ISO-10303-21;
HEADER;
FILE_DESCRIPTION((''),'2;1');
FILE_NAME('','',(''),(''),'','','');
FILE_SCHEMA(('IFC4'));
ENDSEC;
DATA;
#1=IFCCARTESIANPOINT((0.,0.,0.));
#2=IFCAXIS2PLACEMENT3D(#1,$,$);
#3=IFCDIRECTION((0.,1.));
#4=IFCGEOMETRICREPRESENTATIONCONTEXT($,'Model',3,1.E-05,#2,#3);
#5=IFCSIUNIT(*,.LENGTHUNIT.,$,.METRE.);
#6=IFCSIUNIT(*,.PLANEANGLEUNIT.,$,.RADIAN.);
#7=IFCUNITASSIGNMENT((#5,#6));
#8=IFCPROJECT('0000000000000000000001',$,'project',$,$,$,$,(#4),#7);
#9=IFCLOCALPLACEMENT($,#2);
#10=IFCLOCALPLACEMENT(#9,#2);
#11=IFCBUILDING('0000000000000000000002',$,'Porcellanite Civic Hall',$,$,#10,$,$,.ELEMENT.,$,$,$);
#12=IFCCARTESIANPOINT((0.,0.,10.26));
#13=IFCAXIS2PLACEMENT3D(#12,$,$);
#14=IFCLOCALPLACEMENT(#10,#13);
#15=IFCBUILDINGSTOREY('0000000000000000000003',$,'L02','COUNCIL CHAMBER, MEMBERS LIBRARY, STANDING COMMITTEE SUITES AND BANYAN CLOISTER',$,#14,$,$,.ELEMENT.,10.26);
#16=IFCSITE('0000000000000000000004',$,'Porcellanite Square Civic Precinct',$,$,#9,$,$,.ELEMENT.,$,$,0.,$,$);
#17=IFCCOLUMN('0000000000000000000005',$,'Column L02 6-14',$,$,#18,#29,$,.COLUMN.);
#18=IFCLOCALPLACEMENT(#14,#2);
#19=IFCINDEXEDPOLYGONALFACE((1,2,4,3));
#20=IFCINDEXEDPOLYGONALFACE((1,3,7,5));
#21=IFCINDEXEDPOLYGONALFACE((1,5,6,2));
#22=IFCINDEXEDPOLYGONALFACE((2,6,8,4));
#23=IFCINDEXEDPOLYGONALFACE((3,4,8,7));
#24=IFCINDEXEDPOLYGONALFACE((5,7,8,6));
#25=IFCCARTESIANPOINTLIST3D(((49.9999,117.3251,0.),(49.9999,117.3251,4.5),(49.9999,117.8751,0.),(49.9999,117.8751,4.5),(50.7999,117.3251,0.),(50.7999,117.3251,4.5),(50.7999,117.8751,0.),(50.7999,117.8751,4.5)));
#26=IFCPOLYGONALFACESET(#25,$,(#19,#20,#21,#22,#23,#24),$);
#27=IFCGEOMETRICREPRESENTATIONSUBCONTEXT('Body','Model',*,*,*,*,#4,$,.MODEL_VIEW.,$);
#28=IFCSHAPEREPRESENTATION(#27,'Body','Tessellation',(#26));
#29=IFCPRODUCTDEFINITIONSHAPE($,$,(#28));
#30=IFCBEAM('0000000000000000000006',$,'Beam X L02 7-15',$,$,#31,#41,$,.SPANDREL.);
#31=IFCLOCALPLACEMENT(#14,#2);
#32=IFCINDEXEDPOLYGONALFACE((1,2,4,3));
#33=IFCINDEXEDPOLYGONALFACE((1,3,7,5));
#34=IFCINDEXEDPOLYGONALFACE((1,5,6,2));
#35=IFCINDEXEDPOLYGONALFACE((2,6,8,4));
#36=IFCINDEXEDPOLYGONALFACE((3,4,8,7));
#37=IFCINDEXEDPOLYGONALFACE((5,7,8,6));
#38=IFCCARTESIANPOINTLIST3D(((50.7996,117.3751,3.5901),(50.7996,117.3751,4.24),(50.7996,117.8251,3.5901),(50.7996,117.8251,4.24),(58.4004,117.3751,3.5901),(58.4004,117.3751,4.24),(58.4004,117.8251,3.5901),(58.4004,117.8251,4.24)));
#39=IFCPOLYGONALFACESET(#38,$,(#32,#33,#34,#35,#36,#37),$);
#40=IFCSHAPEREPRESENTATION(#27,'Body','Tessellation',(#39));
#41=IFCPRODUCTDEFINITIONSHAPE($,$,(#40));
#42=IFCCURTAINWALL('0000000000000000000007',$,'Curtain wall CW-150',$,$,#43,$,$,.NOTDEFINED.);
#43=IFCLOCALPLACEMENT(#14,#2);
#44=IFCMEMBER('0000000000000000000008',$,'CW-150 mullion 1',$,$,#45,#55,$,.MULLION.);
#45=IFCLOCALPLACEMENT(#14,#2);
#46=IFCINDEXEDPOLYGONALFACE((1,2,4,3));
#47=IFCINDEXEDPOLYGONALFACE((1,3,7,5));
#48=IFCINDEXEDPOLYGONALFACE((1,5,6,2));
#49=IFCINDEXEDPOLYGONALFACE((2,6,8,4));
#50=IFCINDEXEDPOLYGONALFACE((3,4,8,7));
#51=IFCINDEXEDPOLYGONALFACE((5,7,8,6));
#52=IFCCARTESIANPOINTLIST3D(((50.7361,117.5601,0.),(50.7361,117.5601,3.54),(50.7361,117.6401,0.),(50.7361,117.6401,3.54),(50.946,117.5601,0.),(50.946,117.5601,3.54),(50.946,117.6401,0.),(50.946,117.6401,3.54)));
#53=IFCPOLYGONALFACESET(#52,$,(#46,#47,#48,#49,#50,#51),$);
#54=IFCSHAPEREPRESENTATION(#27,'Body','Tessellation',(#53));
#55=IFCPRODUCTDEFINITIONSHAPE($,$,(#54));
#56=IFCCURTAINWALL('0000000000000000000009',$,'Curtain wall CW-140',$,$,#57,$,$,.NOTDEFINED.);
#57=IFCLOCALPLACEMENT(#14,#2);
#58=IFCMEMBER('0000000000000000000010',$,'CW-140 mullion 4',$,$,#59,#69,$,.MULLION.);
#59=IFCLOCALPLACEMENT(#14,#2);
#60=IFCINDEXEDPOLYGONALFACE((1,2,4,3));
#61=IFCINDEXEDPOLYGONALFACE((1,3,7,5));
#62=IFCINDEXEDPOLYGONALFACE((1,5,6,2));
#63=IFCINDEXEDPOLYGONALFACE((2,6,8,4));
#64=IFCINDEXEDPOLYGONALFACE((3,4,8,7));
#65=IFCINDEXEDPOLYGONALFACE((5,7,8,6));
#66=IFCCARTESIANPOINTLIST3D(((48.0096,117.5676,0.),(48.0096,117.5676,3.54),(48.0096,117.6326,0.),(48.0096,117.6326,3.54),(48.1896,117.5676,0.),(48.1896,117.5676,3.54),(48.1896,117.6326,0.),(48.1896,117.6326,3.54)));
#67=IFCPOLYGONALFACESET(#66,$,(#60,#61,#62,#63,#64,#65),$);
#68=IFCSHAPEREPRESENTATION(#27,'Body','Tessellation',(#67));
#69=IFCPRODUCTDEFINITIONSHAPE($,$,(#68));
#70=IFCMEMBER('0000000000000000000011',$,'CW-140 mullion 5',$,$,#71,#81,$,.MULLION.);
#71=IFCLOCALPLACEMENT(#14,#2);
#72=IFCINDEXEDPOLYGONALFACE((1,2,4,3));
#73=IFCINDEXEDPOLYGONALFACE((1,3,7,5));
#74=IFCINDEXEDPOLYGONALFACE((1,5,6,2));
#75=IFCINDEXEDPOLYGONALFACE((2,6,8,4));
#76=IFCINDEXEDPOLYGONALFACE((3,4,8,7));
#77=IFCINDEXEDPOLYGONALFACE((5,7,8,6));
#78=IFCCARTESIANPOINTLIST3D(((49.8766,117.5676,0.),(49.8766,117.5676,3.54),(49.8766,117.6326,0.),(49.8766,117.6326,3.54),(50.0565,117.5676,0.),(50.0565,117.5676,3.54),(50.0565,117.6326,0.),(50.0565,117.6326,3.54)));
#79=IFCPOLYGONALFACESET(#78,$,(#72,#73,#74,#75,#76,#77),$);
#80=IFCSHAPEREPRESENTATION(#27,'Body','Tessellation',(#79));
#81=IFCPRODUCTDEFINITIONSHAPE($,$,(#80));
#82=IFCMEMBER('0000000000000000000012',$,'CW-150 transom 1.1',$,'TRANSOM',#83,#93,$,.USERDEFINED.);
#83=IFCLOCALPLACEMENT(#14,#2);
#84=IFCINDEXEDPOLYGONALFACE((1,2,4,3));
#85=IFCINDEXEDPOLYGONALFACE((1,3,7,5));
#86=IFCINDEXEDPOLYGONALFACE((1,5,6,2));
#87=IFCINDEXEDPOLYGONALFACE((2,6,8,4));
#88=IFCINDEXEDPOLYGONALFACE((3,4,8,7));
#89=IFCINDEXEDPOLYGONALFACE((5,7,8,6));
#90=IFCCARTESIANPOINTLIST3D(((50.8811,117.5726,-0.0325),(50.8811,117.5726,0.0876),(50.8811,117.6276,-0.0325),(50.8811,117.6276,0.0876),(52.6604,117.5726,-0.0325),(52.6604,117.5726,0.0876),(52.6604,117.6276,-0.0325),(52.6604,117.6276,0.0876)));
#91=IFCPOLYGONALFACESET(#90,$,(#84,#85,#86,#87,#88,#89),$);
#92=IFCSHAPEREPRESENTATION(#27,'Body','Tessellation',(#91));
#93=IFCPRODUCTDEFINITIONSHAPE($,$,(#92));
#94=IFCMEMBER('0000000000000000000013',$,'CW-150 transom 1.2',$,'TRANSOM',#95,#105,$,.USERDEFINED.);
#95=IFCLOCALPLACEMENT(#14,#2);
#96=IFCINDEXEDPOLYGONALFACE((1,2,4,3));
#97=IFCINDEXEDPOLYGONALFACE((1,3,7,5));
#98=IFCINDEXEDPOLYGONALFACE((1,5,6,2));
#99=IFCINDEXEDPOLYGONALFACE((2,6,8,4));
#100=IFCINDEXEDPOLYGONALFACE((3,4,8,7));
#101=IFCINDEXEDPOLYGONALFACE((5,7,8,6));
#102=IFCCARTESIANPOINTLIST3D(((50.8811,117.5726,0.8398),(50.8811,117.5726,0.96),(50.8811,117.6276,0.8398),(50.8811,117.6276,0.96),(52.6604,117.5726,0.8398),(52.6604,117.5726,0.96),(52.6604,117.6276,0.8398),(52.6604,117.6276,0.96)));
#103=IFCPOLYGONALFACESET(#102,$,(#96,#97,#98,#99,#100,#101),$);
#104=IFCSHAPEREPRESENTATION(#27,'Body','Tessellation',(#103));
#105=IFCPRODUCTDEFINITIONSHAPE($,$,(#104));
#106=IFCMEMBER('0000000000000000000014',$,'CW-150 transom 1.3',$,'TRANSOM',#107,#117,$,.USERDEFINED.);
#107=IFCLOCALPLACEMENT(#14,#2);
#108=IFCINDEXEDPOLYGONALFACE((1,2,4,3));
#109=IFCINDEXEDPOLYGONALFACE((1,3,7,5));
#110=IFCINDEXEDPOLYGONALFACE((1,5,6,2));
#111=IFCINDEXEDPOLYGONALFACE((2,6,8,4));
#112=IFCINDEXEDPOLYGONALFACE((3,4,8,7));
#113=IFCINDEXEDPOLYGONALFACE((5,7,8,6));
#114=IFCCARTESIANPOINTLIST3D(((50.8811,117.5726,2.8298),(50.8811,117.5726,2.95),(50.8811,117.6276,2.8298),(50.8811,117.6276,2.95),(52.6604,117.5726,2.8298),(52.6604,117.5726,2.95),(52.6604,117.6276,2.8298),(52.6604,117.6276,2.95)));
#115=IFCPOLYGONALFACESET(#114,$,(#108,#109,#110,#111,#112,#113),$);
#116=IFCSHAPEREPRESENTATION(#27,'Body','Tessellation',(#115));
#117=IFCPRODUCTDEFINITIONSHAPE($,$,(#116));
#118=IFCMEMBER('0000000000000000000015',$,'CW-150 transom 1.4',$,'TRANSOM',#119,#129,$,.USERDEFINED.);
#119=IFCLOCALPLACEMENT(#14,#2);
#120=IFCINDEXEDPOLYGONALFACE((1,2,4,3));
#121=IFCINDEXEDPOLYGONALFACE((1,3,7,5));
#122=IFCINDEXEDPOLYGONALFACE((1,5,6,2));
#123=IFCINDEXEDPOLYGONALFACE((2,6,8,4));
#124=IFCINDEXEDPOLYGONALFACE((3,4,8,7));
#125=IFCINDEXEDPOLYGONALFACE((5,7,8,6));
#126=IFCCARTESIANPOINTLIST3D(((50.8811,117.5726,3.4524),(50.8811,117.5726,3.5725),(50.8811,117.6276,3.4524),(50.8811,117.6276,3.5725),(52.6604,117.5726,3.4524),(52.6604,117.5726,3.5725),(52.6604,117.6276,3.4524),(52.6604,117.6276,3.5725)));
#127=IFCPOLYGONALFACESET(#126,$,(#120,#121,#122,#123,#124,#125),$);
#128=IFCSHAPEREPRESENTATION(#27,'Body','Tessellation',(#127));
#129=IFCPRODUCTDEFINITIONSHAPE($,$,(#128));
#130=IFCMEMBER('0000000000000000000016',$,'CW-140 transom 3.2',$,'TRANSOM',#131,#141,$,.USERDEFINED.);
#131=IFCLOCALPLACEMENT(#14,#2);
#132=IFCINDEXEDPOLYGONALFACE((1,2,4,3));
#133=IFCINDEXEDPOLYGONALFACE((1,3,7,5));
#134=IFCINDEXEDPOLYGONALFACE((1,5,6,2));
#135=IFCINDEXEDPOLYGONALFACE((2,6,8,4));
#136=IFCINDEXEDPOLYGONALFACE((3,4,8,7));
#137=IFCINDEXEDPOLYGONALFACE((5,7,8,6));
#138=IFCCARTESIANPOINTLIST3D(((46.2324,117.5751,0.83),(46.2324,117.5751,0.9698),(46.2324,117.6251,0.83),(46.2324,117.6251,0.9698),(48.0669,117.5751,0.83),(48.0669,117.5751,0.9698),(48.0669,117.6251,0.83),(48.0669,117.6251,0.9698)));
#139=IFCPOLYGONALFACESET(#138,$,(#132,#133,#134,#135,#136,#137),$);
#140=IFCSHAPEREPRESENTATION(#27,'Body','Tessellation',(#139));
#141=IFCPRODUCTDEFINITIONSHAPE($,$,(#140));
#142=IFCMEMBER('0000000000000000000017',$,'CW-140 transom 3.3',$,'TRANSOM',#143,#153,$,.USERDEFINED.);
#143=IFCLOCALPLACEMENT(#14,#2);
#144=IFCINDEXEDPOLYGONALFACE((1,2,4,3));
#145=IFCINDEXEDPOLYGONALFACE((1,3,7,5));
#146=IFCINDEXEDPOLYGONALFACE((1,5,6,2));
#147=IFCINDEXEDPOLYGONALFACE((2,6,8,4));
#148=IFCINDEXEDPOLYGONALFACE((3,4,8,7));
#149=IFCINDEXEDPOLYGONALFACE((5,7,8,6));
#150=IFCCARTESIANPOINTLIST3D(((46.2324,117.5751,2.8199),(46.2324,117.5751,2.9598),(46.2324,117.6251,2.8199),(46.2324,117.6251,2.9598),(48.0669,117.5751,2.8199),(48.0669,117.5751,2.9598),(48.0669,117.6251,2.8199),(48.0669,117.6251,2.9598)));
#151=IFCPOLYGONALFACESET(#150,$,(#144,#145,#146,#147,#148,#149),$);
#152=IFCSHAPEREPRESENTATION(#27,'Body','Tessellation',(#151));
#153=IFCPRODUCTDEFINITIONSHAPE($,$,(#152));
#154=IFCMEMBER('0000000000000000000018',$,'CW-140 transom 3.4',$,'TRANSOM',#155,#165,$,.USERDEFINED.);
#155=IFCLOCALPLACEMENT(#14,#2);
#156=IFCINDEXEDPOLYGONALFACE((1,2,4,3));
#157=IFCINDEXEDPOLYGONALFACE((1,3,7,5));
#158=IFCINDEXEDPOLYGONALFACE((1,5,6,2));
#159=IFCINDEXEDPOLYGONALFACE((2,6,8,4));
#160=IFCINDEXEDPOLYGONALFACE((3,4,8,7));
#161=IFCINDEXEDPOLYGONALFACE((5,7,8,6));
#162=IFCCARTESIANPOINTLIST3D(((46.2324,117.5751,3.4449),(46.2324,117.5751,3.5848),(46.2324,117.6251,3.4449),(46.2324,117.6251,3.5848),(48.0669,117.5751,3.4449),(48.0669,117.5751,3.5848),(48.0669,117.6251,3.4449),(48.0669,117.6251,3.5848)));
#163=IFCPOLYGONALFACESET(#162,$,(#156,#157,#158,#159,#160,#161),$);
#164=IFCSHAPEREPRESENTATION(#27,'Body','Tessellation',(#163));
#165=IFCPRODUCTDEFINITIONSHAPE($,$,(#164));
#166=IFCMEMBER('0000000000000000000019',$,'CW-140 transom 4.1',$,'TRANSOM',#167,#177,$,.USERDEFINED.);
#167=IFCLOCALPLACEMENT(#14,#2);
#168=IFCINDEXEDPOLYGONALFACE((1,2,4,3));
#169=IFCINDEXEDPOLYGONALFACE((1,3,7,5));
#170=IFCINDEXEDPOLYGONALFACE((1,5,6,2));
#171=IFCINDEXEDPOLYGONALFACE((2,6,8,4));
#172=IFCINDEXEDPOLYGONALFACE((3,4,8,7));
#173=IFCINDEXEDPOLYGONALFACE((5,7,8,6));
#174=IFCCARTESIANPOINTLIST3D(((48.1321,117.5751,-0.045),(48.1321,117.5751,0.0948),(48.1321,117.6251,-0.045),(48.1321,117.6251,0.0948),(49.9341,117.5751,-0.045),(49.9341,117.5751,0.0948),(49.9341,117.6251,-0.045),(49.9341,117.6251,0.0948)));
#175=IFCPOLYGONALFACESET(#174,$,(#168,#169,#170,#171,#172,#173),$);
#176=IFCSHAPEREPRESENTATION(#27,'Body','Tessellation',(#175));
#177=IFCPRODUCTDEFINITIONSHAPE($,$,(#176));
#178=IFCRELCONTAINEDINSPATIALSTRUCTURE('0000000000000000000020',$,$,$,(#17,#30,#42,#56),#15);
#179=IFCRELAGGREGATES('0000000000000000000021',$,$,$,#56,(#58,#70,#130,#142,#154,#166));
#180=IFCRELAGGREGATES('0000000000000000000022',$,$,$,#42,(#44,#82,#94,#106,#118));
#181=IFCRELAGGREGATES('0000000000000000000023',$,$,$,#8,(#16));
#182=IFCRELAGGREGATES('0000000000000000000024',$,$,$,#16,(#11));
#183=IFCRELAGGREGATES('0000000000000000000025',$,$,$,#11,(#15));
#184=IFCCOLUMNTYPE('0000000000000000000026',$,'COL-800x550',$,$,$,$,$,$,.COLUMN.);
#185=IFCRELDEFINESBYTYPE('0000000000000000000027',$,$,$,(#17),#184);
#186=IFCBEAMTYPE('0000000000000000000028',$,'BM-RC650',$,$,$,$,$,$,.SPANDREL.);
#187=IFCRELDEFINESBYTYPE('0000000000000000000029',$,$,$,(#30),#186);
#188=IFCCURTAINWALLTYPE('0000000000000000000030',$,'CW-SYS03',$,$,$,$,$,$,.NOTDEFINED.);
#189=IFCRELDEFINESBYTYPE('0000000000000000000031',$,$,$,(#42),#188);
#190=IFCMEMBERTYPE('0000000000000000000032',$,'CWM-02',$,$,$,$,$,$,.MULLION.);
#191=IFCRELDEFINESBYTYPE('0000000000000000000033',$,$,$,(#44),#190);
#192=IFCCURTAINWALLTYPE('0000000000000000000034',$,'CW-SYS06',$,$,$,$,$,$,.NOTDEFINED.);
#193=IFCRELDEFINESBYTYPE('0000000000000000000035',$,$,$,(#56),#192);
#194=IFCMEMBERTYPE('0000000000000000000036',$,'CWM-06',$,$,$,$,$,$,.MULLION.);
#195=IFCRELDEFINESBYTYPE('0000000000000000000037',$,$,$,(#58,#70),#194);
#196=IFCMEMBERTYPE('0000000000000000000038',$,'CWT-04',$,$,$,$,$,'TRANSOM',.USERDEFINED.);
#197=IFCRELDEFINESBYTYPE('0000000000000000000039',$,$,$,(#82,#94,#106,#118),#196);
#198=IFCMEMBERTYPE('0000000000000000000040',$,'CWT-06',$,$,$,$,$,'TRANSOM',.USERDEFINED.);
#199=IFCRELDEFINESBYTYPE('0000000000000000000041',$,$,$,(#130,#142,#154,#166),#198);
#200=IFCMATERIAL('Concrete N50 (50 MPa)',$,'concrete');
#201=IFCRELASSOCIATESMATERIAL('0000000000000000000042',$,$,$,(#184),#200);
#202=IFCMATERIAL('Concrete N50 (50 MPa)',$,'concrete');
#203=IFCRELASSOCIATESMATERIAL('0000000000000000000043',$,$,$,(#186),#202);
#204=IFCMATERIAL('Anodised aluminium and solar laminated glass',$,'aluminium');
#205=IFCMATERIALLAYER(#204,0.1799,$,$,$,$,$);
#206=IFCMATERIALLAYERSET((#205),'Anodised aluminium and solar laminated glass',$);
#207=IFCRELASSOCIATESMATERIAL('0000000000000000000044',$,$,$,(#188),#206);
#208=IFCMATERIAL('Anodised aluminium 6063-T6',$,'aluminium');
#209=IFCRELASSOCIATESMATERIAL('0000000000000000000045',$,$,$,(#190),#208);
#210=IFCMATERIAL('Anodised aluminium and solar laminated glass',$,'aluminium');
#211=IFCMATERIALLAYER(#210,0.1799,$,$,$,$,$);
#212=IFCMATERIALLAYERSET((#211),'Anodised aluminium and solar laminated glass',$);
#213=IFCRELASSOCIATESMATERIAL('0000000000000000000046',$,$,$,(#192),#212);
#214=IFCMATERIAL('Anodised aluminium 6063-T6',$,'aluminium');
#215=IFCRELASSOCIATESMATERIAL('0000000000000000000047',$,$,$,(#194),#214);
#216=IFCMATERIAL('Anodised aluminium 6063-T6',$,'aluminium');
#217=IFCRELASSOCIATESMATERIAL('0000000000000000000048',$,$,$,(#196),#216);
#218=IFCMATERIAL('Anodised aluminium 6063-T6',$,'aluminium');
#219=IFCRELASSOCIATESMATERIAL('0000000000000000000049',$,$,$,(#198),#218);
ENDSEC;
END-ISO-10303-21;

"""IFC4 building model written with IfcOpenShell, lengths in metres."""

from ifc_helpers import new_model, si_unit, direction, frame, origin, origin_2d, place, context, subcontext, project, spatial, rectangle, extrude, material, layer, layer_set, material_profile, profile_set, type_object, element, aggregate, save


model = new_model("IFC4")

# Units and contexts
model_context = context("Model", 3, precision=1e-05, world=origin(), true_north=direction((0.0, 1.0)))
body_context = subcontext(model_context, "Body", "Model", "MODEL_VIEW")
ifc_project = project(units=[si_unit("LENGTHUNIT", "METRE"), si_unit("PLANEANGLEUNIT", "RADIAN")], contexts=[model_context])

# Site, building, storey
site_placement = place(None, origin())
site = spatial("IfcSite", under=ifc_project, at=site_placement, Name="Porcellanite Square Civic Precinct", CompositionType="ELEMENT", RefElevation=0.0)
building_placement = place(site_placement, origin())
building = spatial("IfcBuilding", under=site, at=building_placement, Name="Porcellanite Civic Hall", CompositionType="ELEMENT")
storey_placement = place(building_placement, frame((0.0, 0.0, 10.26)))
storey = spatial("IfcBuildingStorey", under=building, at=storey_placement, Name="L02", Description="COUNCIL CHAMBER, MEMBERS LIBRARY, STANDING COMMITTEE SUITES AND BANYAN CLOISTER", CompositionType="ELEMENT", Elevation=10.26)

# Column
ifc_material_1 = material(Name="Concrete N50 (50 MPa)", Category="concrete")
ifc_material_profile_1 = material_profile(ifc_material_1, rectangle(XDim=0.8, YDim=0.55, at=origin_2d()), Name="RC-800x550")
ifc_profile_set_1 = profile_set([ifc_material_profile_1], Name="Concrete N50 (50 MPa)")
column_type = type_object("IfcColumnType", Name="COL-800x550", PredefinedType="COLUMN", material=ifc_profile_set_1)
column_placement = place(storey_placement, frame((50.3999, 117.6001, 0.0), z_axis=(0.0, 0.0, 1.0), x_axis=(1.0, 0.0, 0.0)))
element("IfcColumn", 1, at=column_placement, inside=storey, type_object=column_type, Name="Column L02 6-14", PredefinedType="COLUMN", context=body_context, shape_type="SweptSolid", body=[
    extrude(rectangle(XDim=0.8, YDim=0.55, at=origin_2d()), origin(), (0.0, 0.0, 1.0), 4.5),
])

# Beam
ifc_material_2 = material(Name="Concrete N50 (50 MPa)", Category="concrete")
ifc_material_profile_2 = material_profile(ifc_material_2, rectangle(XDim=0.45, YDim=0.6499, at=origin_2d()), Name="RC-450x650")
ifc_profile_set_2 = profile_set([ifc_material_profile_2], Name="Concrete N50 (50 MPa)")
beam_type = type_object("IfcBeamType", Name="BM-RC650", PredefinedType="SPANDREL", material=ifc_profile_set_2)
beam_placement = place(storey_placement, frame((50.7996, 117.6001, 3.915), z_axis=(1.0, 0.0, 0.0), x_axis=(0.0, 1.0, 0.0)))
element("IfcBeam", 2, at=beam_placement, inside=storey, type_object=beam_type, Name="Beam X L02 7-15", PredefinedType="SPANDREL", context=body_context, shape_type="SweptSolid", body=[
    extrude(rectangle(XDim=0.45, YDim=0.6499, at=origin_2d()), origin(), (0.0, 0.0, 1.0), 7.6008),
])

# Curtain wall, member
ifc_material_3 = material(Name="Anodised aluminium and solar laminated glass", Category="aluminium")
ifc_layer_1 = layer(ifc_material_3, 0.1799)
ifc_layer_set_1 = layer_set([ifc_layer_1], Name="Anodised aluminium and solar laminated glass")
curtain_wall_type_1 = type_object("IfcCurtainWallType", Name="CW-SYS03", PredefinedType="NOTDEFINED", material=ifc_layer_set_1)
curtain_wall_1_placement = place(storey_placement, origin())
curtain_wall_1 = element("IfcCurtainWall", 3, at=curtain_wall_1_placement, inside=storey, type_object=curtain_wall_type_1, Name="Curtain wall CW-150", PredefinedType="NOTDEFINED")
ifc_material_4 = material(Name="Anodised aluminium 6063-T6", Category="aluminium")
ifc_material_profile_3 = material_profile(ifc_material_4, rectangle(XDim=0.0801, YDim=0.21, at=origin_2d()), Name="AL-80x210")
ifc_profile_set_3 = profile_set([ifc_material_profile_3], Name="Anodised aluminium 6063-T6")
member_type_1 = type_object("IfcMemberType", Name="CWM-02", PredefinedType="MULLION", material=ifc_profile_set_3)
member_1_placement = place(storey_placement, frame((50.8411, 117.6001, 0.0), z_axis=(0.0, 0.0, 1.0), x_axis=(0.0, 1.0, 0.0)))
member_1 = element("IfcMember", 4, at=member_1_placement, type_object=member_type_1, Name="CW-150 mullion 1", PredefinedType="MULLION", context=body_context, shape_type="SweptSolid", body=[
    extrude(rectangle(XDim=0.0801, YDim=0.21, at=origin_2d()), origin(), (0.0, 0.0, 1.0), 3.54),
])

# Curtain wall, members
ifc_material_5 = material(Name="Anodised aluminium and solar laminated glass", Category="aluminium")
ifc_layer_2 = layer(ifc_material_5, 0.1799)
ifc_layer_set_2 = layer_set([ifc_layer_2], Name="Anodised aluminium and solar laminated glass")
curtain_wall_type_2 = type_object("IfcCurtainWallType", Name="CW-SYS06", PredefinedType="NOTDEFINED", material=ifc_layer_set_2)
curtain_wall_2_placement = place(storey_placement, origin())
curtain_wall_2 = element("IfcCurtainWall", 5, at=curtain_wall_2_placement, inside=storey, type_object=curtain_wall_type_2, Name="Curtain wall CW-140", PredefinedType="NOTDEFINED")
ifc_material_6 = material(Name="Anodised aluminium 6063-T6", Category="aluminium")
ifc_material_profile_4 = material_profile(ifc_material_6, rectangle(XDim=0.0649, YDim=0.1799, at=origin_2d()), Name="AL-65x180")
ifc_profile_set_4 = profile_set([ifc_material_profile_4], Name="Anodised aluminium 6063-T6")
member_type_2 = type_object("IfcMemberType", Name="CWM-06", PredefinedType="MULLION", material=ifc_profile_set_4)
member_2_placement = place(storey_placement, frame((48.0996, 117.6001, 0.0), z_axis=(0.0, 0.0, 1.0), x_axis=(0.0, 1.0, 0.0)))
member_2 = element("IfcMember", 6, at=member_2_placement, type_object=member_type_2, Name="CW-140 mullion 4", PredefinedType="MULLION", context=body_context, shape_type="SweptSolid", body=[
    extrude(rectangle(XDim=0.0649, YDim=0.1799, at=origin_2d()), origin(), (0.0, 0.0, 1.0), 3.54),
])
member_3_placement = place(storey_placement, frame((49.9666, 117.6001, 0.0), z_axis=(0.0, 0.0, 1.0), x_axis=(0.0, 1.0, 0.0)))
member_3 = element("IfcMember", 7, at=member_3_placement, type_object=member_type_2, Name="CW-140 mullion 5", PredefinedType="MULLION", context=body_context, shape_type="SweptSolid", body=[
    extrude(rectangle(XDim=0.0649, YDim=0.1799, at=origin_2d()), origin(), (0.0, 0.0, 1.0), 3.54),
])

# Members
ifc_material_7 = material(Name="Anodised aluminium 6063-T6", Category="aluminium")
ifc_material_profile_5 = material_profile(ifc_material_7, rectangle(XDim=0.0549, YDim=0.1201, at=origin_2d()), Name="AL-55x120")
ifc_profile_set_5 = profile_set([ifc_material_profile_5], Name="Anodised aluminium 6063-T6")
member_type_3 = type_object("IfcMemberType", Name="CWT-04", ElementType="TRANSOM", PredefinedType="USERDEFINED", material=ifc_profile_set_5)
member_4_placement = place(storey_placement, frame((50.8811, 117.6001, 0.0276), z_axis=(1.0, 0.0, 0.0), x_axis=(0.0, 1.0, 0.0)))
member_4 = element("IfcMember", 8, at=member_4_placement, type_object=member_type_3, Name="CW-150 transom 1.1", ObjectType="TRANSOM", PredefinedType="USERDEFINED", context=body_context, shape_type="SweptSolid", body=[
    extrude(rectangle(XDim=0.0549, YDim=0.1201, at=origin_2d()), origin(), (0.0, 0.0, 1.0), 1.7793),
])
member_5_placement = place(storey_placement, frame((50.8811, 117.6001, 0.8999), z_axis=(1.0, 0.0, 0.0), x_axis=(0.0, 1.0, 0.0)))
member_5 = element("IfcMember", 9, at=member_5_placement, type_object=member_type_3, Name="CW-150 transom 1.2", ObjectType="TRANSOM", PredefinedType="USERDEFINED", context=body_context, shape_type="SweptSolid", body=[
    extrude(rectangle(XDim=0.0549, YDim=0.1201, at=origin_2d()), origin(), (0.0, 0.0, 1.0), 1.7793),
])
member_6_placement = place(storey_placement, frame((50.8811, 117.6001, 2.8899), z_axis=(1.0, 0.0, 0.0), x_axis=(0.0, 1.0, 0.0)))
member_6 = element("IfcMember", 10, at=member_6_placement, type_object=member_type_3, Name="CW-150 transom 1.3", ObjectType="TRANSOM", PredefinedType="USERDEFINED", context=body_context, shape_type="SweptSolid", body=[
    extrude(rectangle(XDim=0.0549, YDim=0.1201, at=origin_2d()), origin(), (0.0, 0.0, 1.0), 1.7793),
])
member_7_placement = place(storey_placement, frame((50.8811, 117.6001, 3.5125), z_axis=(1.0, 0.0, 0.0), x_axis=(0.0, 1.0, 0.0)))
member_7 = element("IfcMember", 11, at=member_7_placement, type_object=member_type_3, Name="CW-150 transom 1.4", ObjectType="TRANSOM", PredefinedType="USERDEFINED", context=body_context, shape_type="SweptSolid", body=[
    extrude(rectangle(XDim=0.0549, YDim=0.1201, at=origin_2d()), origin(), (0.0, 0.0, 1.0), 1.7793),
])
ifc_material_8 = material(Name="Anodised aluminium 6063-T6", Category="aluminium")
ifc_material_profile_6 = material_profile(ifc_material_8, rectangle(XDim=0.05, YDim=0.1399, at=origin_2d()), Name="AL-50x140")
ifc_profile_set_6 = profile_set([ifc_material_profile_6], Name="Anodised aluminium 6063-T6")
member_type_4 = type_object("IfcMemberType", Name="CWT-06", ElementType="TRANSOM", PredefinedType="USERDEFINED", material=ifc_profile_set_6)
member_8_placement = place(storey_placement, frame((46.2324, 117.6001, 0.8999), z_axis=(1.0, 0.0, 0.0), x_axis=(0.0, 1.0, 0.0)))
member_8 = element("IfcMember", 12, at=member_8_placement, type_object=member_type_4, Name="CW-140 transom 3.2", ObjectType="TRANSOM", PredefinedType="USERDEFINED", context=body_context, shape_type="SweptSolid", body=[
    extrude(rectangle(XDim=0.05, YDim=0.1399, at=origin_2d()), origin(), (0.0, 0.0, 1.0), 1.8345),
])
member_9_placement = place(storey_placement, frame((46.2324, 117.6001, 2.8899), z_axis=(1.0, 0.0, 0.0), x_axis=(0.0, 1.0, 0.0)))
member_9 = element("IfcMember", 13, at=member_9_placement, type_object=member_type_4, Name="CW-140 transom 3.3", ObjectType="TRANSOM", PredefinedType="USERDEFINED", context=body_context, shape_type="SweptSolid", body=[
    extrude(rectangle(XDim=0.05, YDim=0.1399, at=origin_2d()), origin(), (0.0, 0.0, 1.0), 1.8345),
])
member_10_placement = place(storey_placement, frame((46.2324, 117.6001, 3.5149), z_axis=(1.0, 0.0, 0.0), x_axis=(0.0, 1.0, 0.0)))
member_10 = element("IfcMember", 14, at=member_10_placement, type_object=member_type_4, Name="CW-140 transom 3.4", ObjectType="TRANSOM", PredefinedType="USERDEFINED", context=body_context, shape_type="SweptSolid", body=[
    extrude(rectangle(XDim=0.05, YDim=0.1399, at=origin_2d()), origin(), (0.0, 0.0, 1.0), 1.8345),
])
member_11_placement = place(storey_placement, frame((48.1321, 117.6001, 0.0249), z_axis=(1.0, 0.0, 0.0), x_axis=(0.0, 1.0, 0.0)))
member_11 = element("IfcMember", 15, at=member_11_placement, type_object=member_type_4, Name="CW-140 transom 4.1", ObjectType="TRANSOM", PredefinedType="USERDEFINED", context=body_context, shape_type="SweptSolid", body=[
    extrude(rectangle(XDim=0.05, YDim=0.1399, at=origin_2d()), origin(), (0.0, 0.0, 1.0), 1.802),
])

aggregate(curtain_wall_2, [member_2, member_3, member_8, member_9, member_10, member_11])
aggregate(curtain_wall_1, [member_1, member_4, member_5, member_6, member_7])

save(model, "model.ifc")
